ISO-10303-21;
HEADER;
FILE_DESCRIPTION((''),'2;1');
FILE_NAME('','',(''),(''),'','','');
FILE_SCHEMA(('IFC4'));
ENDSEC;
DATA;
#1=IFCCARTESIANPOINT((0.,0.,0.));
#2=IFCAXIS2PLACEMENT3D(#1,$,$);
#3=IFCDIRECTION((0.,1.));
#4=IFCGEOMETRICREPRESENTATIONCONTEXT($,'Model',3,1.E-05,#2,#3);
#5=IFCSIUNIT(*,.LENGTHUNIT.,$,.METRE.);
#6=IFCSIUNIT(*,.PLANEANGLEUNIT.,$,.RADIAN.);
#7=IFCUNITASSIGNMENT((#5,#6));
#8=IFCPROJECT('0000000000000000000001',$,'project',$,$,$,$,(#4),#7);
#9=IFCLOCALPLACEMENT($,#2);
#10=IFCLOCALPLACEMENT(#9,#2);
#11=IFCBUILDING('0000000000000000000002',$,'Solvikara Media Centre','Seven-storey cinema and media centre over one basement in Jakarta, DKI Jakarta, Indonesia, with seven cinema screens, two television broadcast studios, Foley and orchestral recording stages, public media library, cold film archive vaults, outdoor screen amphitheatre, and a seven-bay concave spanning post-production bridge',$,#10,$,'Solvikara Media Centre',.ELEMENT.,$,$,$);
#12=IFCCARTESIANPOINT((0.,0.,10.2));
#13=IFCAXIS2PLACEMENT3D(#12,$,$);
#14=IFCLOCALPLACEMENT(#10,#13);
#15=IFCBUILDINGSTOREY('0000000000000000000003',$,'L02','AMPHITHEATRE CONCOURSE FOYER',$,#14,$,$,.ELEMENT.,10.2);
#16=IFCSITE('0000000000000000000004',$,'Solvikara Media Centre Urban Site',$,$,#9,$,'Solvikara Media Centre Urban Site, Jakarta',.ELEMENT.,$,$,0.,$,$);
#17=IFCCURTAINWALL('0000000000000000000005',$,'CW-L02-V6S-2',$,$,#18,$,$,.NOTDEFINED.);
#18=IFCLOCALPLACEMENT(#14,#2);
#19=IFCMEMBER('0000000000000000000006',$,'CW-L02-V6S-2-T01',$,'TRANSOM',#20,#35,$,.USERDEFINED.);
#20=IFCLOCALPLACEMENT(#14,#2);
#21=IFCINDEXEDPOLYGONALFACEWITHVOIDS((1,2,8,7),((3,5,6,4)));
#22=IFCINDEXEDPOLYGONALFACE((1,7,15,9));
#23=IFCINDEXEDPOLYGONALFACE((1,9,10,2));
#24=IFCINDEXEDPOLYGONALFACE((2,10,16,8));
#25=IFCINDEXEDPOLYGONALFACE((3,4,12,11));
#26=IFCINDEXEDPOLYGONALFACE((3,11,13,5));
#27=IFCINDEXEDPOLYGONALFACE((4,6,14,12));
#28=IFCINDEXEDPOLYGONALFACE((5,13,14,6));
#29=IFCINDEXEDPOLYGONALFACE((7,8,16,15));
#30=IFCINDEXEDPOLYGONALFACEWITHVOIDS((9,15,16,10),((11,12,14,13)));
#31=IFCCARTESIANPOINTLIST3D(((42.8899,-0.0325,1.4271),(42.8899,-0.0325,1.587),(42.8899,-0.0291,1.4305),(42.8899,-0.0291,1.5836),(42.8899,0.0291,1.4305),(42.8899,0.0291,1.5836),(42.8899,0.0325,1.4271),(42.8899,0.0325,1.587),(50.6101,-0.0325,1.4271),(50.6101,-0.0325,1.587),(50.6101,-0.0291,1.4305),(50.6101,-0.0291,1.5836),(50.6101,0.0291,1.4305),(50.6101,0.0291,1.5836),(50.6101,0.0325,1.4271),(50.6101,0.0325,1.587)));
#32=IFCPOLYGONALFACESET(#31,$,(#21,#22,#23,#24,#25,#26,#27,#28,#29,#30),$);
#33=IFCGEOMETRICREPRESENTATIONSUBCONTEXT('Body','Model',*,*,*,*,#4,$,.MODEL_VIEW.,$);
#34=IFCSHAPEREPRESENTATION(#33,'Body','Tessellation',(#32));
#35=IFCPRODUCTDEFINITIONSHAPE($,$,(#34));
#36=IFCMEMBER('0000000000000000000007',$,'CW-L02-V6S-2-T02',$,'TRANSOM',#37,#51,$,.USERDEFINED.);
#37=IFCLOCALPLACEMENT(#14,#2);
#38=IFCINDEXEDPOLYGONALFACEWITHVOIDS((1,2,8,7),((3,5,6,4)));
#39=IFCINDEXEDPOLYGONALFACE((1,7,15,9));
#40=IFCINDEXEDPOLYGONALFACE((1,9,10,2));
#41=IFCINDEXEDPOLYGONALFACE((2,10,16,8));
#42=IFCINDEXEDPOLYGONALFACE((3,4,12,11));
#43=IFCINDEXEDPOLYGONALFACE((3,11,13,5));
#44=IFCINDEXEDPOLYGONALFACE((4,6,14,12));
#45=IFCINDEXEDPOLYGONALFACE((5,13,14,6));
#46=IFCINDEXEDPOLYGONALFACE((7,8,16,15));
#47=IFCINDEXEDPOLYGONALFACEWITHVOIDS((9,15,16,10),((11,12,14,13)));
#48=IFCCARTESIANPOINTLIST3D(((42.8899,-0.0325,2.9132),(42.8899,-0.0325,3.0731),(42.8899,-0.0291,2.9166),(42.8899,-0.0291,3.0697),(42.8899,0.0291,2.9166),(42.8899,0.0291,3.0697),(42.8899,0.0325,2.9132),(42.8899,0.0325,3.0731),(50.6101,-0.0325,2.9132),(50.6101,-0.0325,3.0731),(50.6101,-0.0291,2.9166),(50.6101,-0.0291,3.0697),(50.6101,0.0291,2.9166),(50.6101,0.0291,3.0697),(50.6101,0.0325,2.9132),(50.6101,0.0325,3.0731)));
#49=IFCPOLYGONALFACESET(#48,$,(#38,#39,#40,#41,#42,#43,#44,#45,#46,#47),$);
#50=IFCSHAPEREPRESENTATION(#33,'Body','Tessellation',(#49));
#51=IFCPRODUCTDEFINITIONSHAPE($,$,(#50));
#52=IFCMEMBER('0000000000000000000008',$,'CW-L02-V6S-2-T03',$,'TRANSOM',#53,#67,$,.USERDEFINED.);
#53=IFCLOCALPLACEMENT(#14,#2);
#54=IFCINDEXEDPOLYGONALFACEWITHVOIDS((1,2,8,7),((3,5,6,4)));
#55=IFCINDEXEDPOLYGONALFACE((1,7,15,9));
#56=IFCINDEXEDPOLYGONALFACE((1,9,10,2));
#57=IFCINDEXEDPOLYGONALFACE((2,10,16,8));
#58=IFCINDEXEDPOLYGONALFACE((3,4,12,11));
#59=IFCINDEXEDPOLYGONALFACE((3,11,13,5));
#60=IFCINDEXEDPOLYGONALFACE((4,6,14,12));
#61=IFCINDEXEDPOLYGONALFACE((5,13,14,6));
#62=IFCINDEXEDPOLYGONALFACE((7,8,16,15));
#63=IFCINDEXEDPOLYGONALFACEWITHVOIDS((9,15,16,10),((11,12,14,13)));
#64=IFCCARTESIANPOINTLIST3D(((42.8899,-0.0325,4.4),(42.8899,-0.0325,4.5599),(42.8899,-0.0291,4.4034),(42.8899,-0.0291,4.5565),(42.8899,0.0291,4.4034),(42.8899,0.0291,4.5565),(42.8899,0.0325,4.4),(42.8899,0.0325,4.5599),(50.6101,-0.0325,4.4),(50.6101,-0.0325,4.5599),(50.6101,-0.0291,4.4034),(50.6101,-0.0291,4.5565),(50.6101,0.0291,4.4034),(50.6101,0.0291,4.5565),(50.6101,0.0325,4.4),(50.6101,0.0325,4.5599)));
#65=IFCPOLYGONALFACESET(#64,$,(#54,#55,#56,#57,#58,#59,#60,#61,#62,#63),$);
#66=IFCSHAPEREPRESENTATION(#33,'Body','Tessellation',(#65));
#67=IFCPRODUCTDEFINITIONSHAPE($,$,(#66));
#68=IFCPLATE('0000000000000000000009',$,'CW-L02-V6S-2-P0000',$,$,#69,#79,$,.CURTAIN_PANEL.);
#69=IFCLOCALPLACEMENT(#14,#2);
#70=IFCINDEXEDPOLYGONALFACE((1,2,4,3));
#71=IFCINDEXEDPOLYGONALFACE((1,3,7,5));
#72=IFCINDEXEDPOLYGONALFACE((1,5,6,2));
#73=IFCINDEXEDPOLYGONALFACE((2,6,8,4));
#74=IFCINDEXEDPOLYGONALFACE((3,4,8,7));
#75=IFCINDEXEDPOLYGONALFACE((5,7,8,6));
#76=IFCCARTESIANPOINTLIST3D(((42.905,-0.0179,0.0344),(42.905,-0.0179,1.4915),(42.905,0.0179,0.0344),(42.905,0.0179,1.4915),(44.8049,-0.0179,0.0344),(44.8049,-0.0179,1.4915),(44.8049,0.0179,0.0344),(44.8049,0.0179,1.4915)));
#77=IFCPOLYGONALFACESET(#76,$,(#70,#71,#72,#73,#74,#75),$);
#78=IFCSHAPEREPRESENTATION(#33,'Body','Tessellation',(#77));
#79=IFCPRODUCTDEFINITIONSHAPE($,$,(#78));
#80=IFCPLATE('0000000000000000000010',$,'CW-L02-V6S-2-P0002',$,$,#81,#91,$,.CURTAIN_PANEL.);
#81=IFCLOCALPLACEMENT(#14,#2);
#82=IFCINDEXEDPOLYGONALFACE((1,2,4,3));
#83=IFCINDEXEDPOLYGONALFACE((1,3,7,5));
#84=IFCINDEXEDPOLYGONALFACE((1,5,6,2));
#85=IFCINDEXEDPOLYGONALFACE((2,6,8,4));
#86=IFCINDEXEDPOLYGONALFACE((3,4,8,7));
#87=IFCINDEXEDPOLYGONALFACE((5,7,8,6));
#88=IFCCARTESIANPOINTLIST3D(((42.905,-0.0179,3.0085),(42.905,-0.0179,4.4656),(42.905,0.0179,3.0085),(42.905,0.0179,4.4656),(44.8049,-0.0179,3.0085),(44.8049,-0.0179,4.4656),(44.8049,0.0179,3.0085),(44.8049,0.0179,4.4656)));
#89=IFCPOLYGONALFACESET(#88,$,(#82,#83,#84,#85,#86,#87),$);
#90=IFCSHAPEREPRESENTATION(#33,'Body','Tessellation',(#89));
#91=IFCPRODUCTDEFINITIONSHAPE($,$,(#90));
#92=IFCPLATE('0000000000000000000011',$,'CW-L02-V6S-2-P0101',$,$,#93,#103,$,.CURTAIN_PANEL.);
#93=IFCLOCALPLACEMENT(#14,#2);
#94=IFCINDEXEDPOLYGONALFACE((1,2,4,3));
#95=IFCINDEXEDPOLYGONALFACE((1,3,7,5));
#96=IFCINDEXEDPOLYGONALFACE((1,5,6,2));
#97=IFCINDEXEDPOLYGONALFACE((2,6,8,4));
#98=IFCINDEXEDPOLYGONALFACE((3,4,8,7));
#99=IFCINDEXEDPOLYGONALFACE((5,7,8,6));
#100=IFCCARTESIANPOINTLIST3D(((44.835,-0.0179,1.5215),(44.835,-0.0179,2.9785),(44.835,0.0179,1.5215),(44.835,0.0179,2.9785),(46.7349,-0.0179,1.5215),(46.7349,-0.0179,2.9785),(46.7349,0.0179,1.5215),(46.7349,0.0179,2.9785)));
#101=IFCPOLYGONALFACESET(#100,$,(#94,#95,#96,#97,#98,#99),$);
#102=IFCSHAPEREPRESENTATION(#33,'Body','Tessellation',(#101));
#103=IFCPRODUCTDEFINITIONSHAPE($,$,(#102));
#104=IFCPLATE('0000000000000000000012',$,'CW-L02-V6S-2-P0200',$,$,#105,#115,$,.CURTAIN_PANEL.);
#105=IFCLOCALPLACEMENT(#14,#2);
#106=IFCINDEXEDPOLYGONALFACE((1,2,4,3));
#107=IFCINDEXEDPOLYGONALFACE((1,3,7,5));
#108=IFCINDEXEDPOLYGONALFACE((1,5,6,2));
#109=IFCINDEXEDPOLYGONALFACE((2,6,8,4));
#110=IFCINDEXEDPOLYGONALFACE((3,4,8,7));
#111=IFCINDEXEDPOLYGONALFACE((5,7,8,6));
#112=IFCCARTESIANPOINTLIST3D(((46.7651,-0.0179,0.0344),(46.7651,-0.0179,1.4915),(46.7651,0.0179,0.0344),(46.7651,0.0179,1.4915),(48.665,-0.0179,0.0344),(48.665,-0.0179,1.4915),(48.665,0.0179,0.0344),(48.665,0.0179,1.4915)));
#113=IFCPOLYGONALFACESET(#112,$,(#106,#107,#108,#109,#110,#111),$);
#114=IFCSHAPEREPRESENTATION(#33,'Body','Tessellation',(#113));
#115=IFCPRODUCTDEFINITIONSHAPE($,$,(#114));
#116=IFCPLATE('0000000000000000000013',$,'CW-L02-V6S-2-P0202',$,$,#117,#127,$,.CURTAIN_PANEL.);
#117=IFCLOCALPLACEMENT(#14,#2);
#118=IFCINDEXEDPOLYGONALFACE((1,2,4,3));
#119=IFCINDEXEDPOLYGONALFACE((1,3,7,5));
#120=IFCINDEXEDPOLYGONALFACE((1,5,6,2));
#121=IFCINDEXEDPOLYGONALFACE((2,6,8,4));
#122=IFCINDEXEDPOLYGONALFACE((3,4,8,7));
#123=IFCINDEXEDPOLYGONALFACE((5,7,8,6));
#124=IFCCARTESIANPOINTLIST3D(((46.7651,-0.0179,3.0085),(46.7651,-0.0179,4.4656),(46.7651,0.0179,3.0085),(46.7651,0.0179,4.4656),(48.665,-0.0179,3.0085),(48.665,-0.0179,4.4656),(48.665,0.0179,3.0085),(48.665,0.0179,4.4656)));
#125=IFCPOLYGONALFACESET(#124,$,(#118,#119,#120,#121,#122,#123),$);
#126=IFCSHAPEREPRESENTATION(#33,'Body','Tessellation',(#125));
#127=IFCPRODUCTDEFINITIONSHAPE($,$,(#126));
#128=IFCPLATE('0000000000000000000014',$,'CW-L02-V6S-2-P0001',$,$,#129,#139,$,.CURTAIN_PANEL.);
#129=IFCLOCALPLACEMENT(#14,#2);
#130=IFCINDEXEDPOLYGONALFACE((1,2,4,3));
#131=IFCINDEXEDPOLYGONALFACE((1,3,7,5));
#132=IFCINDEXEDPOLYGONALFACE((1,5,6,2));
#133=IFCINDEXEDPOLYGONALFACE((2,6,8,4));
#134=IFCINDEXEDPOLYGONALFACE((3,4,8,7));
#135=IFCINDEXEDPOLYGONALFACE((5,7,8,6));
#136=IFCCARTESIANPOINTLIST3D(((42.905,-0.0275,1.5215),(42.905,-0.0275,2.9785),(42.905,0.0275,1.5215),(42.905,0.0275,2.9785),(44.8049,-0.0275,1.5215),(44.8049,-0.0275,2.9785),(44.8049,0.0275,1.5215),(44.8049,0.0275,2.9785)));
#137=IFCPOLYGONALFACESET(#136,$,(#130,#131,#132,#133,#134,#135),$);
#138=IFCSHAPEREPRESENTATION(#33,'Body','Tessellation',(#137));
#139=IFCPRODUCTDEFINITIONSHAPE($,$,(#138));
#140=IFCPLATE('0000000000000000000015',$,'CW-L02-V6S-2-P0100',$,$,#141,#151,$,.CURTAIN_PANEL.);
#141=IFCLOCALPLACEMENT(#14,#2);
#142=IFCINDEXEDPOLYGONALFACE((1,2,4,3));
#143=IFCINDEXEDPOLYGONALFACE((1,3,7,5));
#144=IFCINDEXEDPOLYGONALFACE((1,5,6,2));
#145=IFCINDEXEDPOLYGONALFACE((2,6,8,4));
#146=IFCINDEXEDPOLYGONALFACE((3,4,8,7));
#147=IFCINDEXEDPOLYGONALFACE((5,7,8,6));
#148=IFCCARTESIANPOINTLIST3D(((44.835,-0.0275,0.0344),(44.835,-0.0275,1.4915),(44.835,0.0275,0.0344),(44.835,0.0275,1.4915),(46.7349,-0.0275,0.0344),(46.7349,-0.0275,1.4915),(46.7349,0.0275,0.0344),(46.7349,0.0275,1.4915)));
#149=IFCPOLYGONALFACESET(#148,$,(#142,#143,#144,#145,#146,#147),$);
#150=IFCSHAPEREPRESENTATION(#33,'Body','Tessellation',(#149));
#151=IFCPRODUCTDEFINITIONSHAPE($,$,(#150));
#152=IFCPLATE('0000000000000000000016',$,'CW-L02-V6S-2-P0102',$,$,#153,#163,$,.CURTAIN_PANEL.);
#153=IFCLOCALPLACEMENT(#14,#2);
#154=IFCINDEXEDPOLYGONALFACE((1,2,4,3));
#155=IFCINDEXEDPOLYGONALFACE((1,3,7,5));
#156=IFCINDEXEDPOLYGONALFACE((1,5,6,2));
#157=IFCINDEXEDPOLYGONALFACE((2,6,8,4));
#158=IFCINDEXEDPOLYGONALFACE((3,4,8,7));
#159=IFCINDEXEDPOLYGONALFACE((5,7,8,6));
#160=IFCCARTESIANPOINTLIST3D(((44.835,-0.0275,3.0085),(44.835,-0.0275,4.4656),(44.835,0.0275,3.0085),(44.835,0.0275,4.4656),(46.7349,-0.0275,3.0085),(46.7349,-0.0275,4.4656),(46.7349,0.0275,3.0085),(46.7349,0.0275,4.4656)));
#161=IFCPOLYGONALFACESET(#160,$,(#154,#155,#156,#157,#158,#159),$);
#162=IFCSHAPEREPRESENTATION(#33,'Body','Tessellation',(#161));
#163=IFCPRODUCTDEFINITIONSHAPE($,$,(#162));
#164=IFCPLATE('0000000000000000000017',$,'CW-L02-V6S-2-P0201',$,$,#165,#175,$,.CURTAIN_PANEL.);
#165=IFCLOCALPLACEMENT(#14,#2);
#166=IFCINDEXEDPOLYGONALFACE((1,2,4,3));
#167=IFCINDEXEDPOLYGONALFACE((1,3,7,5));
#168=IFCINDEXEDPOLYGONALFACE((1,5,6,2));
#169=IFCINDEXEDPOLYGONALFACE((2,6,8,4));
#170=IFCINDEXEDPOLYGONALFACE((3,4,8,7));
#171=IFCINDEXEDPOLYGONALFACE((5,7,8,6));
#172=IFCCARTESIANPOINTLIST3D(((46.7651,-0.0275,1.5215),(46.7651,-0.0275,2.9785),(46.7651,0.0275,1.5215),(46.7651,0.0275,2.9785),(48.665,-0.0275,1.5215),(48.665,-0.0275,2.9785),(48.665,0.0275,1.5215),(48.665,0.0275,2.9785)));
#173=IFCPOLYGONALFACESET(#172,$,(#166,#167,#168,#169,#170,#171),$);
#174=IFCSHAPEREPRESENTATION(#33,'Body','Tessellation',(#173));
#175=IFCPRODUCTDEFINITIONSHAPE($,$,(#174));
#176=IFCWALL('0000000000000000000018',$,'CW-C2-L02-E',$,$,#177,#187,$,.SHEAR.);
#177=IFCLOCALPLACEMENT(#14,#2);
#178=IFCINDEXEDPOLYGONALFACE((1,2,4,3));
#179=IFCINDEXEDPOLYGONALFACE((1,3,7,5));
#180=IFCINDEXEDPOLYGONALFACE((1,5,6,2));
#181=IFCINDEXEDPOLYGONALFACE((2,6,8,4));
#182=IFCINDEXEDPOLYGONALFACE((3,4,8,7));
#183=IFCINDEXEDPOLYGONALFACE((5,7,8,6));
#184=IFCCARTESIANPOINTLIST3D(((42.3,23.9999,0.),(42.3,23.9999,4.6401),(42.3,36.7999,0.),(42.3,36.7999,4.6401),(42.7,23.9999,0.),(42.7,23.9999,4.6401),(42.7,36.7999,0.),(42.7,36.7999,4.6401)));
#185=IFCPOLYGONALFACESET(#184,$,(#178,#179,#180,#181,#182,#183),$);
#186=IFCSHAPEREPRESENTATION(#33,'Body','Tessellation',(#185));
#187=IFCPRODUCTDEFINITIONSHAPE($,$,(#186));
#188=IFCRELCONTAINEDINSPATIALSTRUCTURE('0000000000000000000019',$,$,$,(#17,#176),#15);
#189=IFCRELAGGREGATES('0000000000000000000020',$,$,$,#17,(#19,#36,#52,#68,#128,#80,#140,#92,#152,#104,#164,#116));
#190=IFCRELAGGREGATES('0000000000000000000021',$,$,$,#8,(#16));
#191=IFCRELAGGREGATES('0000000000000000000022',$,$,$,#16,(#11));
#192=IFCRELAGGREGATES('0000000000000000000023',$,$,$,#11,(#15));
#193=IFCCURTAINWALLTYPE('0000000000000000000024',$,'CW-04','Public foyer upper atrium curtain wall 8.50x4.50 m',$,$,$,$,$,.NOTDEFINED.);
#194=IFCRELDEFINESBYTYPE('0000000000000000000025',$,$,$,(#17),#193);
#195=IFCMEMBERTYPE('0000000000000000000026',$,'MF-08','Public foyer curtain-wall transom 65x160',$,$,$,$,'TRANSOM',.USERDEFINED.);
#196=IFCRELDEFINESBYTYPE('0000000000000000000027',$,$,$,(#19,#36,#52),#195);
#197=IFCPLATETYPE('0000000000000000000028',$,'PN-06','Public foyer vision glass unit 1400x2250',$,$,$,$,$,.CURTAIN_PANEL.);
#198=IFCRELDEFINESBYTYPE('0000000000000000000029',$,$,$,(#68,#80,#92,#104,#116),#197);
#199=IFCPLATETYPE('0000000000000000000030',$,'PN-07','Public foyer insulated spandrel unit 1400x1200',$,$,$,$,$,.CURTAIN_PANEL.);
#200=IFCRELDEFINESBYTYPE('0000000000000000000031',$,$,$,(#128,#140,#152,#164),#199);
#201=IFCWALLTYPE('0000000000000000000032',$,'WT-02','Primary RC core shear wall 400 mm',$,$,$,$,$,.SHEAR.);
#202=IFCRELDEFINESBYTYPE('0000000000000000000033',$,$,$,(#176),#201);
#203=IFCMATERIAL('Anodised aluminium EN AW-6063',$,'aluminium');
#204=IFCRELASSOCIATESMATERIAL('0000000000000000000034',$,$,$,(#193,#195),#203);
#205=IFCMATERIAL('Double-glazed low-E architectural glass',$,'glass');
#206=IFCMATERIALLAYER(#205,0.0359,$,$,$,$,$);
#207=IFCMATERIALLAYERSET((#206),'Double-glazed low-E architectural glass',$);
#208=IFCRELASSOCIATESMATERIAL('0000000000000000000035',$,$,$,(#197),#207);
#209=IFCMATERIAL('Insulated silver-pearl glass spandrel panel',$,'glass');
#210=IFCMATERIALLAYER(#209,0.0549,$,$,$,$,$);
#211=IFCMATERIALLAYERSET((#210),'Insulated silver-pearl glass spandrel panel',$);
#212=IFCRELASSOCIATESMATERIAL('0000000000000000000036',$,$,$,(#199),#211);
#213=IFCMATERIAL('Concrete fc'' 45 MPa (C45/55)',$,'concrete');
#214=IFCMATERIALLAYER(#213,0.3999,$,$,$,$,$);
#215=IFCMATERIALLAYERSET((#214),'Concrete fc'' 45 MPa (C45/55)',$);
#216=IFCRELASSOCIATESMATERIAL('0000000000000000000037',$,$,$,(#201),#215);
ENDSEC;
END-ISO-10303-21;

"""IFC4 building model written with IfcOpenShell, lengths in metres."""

from ifc_helpers import new_model, si_unit, direction, frame, frame_2d, origin, origin_2d, place, context, subcontext, project, spatial, rectangle, hollow_rectangle, extrude, material, layer, layer_set, material_profile, profile_set, type_object, element, aggregate, save


model = new_model("IFC4")

# Units and contexts
model_context = context("Model", 3, precision=1e-05, world=origin(), true_north=direction((0.0, 1.0)))
body_context = subcontext(model_context, "Body", "Model", "MODEL_VIEW")
ifc_project = project(units=[si_unit("LENGTHUNIT", "METRE"), si_unit("PLANEANGLEUNIT", "RADIAN")], contexts=[model_context])

# Site, building, storey
site_placement = place(None, origin())
site = spatial("IfcSite", under=ifc_project, at=site_placement, Name="Solvikara Media Centre Urban Site", LongName="Solvikara Media Centre Urban Site, Jakarta", CompositionType="ELEMENT", RefElevation=0.0)
building_placement = place(site_placement, origin())
building = spatial("IfcBuilding", under=site, at=building_placement, Name="Solvikara Media Centre", Description="Seven-storey cinema and media centre over one basement in Jakarta, DKI Jakarta, Indonesia, with seven cinema screens, two television broadcast studios, Foley and orchestral recording stages, public media library, cold film archive vaults, outdoor screen amphitheatre, and a seven-bay concave spanning post-production bridge", LongName="Solvikara Media Centre", CompositionType="ELEMENT")
storey_placement = place(building_placement, frame((0.0, 0.0, 10.2)))
storey = spatial("IfcBuildingStorey", under=building, at=storey_placement, Name="L02", Description="AMPHITHEATRE CONCOURSE FOYER", CompositionType="ELEMENT", Elevation=10.2)

# Shared definitions
ifc_material_1 = material(Name="Concrete fc' 45 MPa (C45/55)", Category="concrete")

# Curtain wall, members, plates
ifc_material_2 = material(Name="Anodised aluminium EN AW-6063", Category="aluminium")
curtain_wall_type = type_object("IfcCurtainWallType", Name="CW-04", Description="Public foyer upper atrium curtain wall 8.50x4.50 m", PredefinedType="NOTDEFINED", material=ifc_material_2)
curtain_wall_placement = place(storey_placement, origin())
curtain_wall = element("IfcCurtainWall", 1, at=curtain_wall_placement, inside=storey, type_object=curtain_wall_type, Name="CW-L02-V6S-2", PredefinedType="NOTDEFINED")
ifc_material_profile_1 = material_profile(ifc_material_2, hollow_rectangle(XDim=0.0649, YDim=0.1599, WallThickness=0.0034, at=origin_2d()), Name="ALU-T 65x160x3.5")
ifc_profile_set_1 = profile_set([ifc_material_profile_1], Name="Anodised aluminium EN AW-6063")
member_type_1 = type_object("IfcMemberType", Name="MF-08", Description="Public foyer curtain-wall transom 65x160", ElementType="TRANSOM", PredefinedType="USERDEFINED", material=ifc_profile_set_1)
member_1_placement = place(storey_placement, frame((42.8899, 0.0, 1.5071), z_axis=(1.0, 0.0, 0.0), x_axis=(0.0, 1.0, 0.0)))
member_1 = element("IfcMember", 2, at=member_1_placement, type_object=member_type_1, Name="CW-L02-V6S-2-T01", ObjectType="TRANSOM", PredefinedType="USERDEFINED", context=body_context, shape_type="SweptSolid", body=[
    extrude(hollow_rectangle(XDim=0.0649, YDim=0.1599, WallThickness=0.0034, at=origin_2d()), origin(), (0.0, 0.0, 1.0), 7.7202),
])
member_2_placement = place(storey_placement, frame((42.8899, 0.0, 2.9932), z_axis=(1.0, 0.0, 0.0), x_axis=(0.0, 1.0, 0.0)))
member_2 = element("IfcMember", 3, at=member_2_placement, type_object=member_type_1, Name="CW-L02-V6S-2-T02", ObjectType="TRANSOM", PredefinedType="USERDEFINED", context=body_context, shape_type="SweptSolid", body=[
    extrude(hollow_rectangle(XDim=0.0649, YDim=0.1599, WallThickness=0.0034, at=origin_2d()), origin(), (0.0, 0.0, 1.0), 7.7202),
])
member_3_placement = place(storey_placement, frame((42.8899, 0.0, 4.48), z_axis=(1.0, 0.0, 0.0), x_axis=(0.0, 1.0, 0.0)))
member_3 = element("IfcMember", 4, at=member_3_placement, type_object=member_type_1, Name="CW-L02-V6S-2-T03", ObjectType="TRANSOM", PredefinedType="USERDEFINED", context=body_context, shape_type="SweptSolid", body=[
    extrude(hollow_rectangle(XDim=0.0649, YDim=0.1599, WallThickness=0.0034, at=origin_2d()), origin(), (0.0, 0.0, 1.0), 7.7202),
])
ifc_material_3 = material(Name="Double-glazed low-E architectural glass", Category="glass")
ifc_layer_1 = layer(ifc_material_3, 0.0359)
ifc_layer_set_1 = layer_set([ifc_layer_1], Name="Double-glazed low-E architectural glass")
plate_type_1 = type_object("IfcPlateType", Name="PN-06", Description="Public foyer vision glass unit 1400x2250", PredefinedType="CURTAIN_PANEL", material=ifc_layer_set_1)
plate_1_placement = place(storey_placement, frame((43.855, 0.0, 0.0344), z_axis=(0.0, 0.0, 1.0), x_axis=(1.0, 0.0, 0.0)))
plate_1 = element("IfcPlate", 5, at=plate_1_placement, type_object=plate_type_1, Name="CW-L02-V6S-2-P0000", PredefinedType="CURTAIN_PANEL", context=body_context, shape_type="SweptSolid", body=[
    extrude(rectangle(XDim=1.8999, YDim=0.0359, at=origin_2d()), origin(), (0.0, 0.0, 1.0), 1.457),
])
plate_2_placement = place(storey_placement, frame((43.855, 0.0, 3.0085), z_axis=(0.0, 0.0, 1.0), x_axis=(1.0, 0.0, 0.0)))
plate_2 = element("IfcPlate", 6, at=plate_2_placement, type_object=plate_type_1, Name="CW-L02-V6S-2-P0002", PredefinedType="CURTAIN_PANEL", context=body_context, shape_type="SweptSolid", body=[
    extrude(rectangle(XDim=1.8999, YDim=0.0359, at=origin_2d()), origin(), (0.0, 0.0, 1.0), 1.457),
])
plate_3_placement = place(storey_placement, frame((45.7849, 0.0, 1.5215), z_axis=(0.0, 0.0, 1.0), x_axis=(1.0, 0.0, 0.0)))
plate_3 = element("IfcPlate", 7, at=plate_3_placement, type_object=plate_type_1, Name="CW-L02-V6S-2-P0101", PredefinedType="CURTAIN_PANEL", context=body_context, shape_type="SweptSolid", body=[
    extrude(rectangle(XDim=1.8999, YDim=0.0359, at=origin_2d()), origin(), (0.0, 0.0, 1.0), 1.457),
])
plate_4_placement = place(storey_placement, frame((47.7151, 0.0, 0.0344), z_axis=(0.0, 0.0, 1.0), x_axis=(1.0, 0.0, 0.0)))
plate_4 = element("IfcPlate", 8, at=plate_4_placement, type_object=plate_type_1, Name="CW-L02-V6S-2-P0200", PredefinedType="CURTAIN_PANEL", context=body_context, shape_type="SweptSolid", body=[
    extrude(rectangle(XDim=1.8999, YDim=0.0359, at=origin_2d()), origin(), (0.0, 0.0, 1.0), 1.457),
])
plate_5_placement = place(storey_placement, frame((47.7151, 0.0, 3.0085), z_axis=(0.0, 0.0, 1.0), x_axis=(1.0, 0.0, 0.0)))
plate_5 = element("IfcPlate", 9, at=plate_5_placement, type_object=plate_type_1, Name="CW-L02-V6S-2-P0202", PredefinedType="CURTAIN_PANEL", context=body_context, shape_type="SweptSolid", body=[
    extrude(rectangle(XDim=1.8999, YDim=0.0359, at=origin_2d()), origin(), (0.0, 0.0, 1.0), 1.457),
])
ifc_material_4 = material(Name="Insulated silver-pearl glass spandrel panel", Category="glass")
ifc_layer_2 = layer(ifc_material_4, 0.0549)
ifc_layer_set_2 = layer_set([ifc_layer_2], Name="Insulated silver-pearl glass spandrel panel")
plate_type_2 = type_object("IfcPlateType", Name="PN-07", Description="Public foyer insulated spandrel unit 1400x1200", PredefinedType="CURTAIN_PANEL", material=ifc_layer_set_2)
plate_6_placement = place(storey_placement, frame((43.855, 0.0, 1.5215), z_axis=(0.0, 0.0, 1.0), x_axis=(1.0, 0.0, 0.0)))
plate_6 = element("IfcPlate", 10, at=plate_6_placement, type_object=plate_type_2, Name="CW-L02-V6S-2-P0001", PredefinedType="CURTAIN_PANEL", context=body_context, shape_type="SweptSolid", body=[
    extrude(rectangle(XDim=1.8999, YDim=0.0549, at=origin_2d()), origin(), (0.0, 0.0, 1.0), 1.457),
])
plate_7_placement = place(storey_placement, frame((45.7849, 0.0, 0.0344), z_axis=(0.0, 0.0, 1.0), x_axis=(1.0, 0.0, 0.0)))
plate_7 = element("IfcPlate", 11, at=plate_7_placement, type_object=plate_type_2, Name="CW-L02-V6S-2-P0100", PredefinedType="CURTAIN_PANEL", context=body_context, shape_type="SweptSolid", body=[
    extrude(rectangle(XDim=1.8999, YDim=0.0549, at=origin_2d()), origin(), (0.0, 0.0, 1.0), 1.457),
])
plate_8_placement = place(storey_placement, frame((45.7849, 0.0, 3.0085), z_axis=(0.0, 0.0, 1.0), x_axis=(1.0, 0.0, 0.0)))
plate_8 = element("IfcPlate", 12, at=plate_8_placement, type_object=plate_type_2, Name="CW-L02-V6S-2-P0102", PredefinedType="CURTAIN_PANEL", context=body_context, shape_type="SweptSolid", body=[
    extrude(rectangle(XDim=1.8999, YDim=0.0549, at=origin_2d()), origin(), (0.0, 0.0, 1.0), 1.457),
])
plate_9_placement = place(storey_placement, frame((47.7151, 0.0, 1.5215), z_axis=(0.0, 0.0, 1.0), x_axis=(1.0, 0.0, 0.0)))
plate_9 = element("IfcPlate", 13, at=plate_9_placement, type_object=plate_type_2, Name="CW-L02-V6S-2-P0201", PredefinedType="CURTAIN_PANEL", context=body_context, shape_type="SweptSolid", body=[
    extrude(rectangle(XDim=1.8999, YDim=0.0549, at=origin_2d()), origin(), (0.0, 0.0, 1.0), 1.457),
])
aggregate(curtain_wall, [member_1, member_2, member_3, plate_1, plate_6, plate_2, plate_7, plate_3, plate_8, plate_4, plate_9, plate_5])

# Wall
ifc_layer_3 = layer(ifc_material_1, 0.3999)
ifc_layer_set_3 = layer_set([ifc_layer_3], Name="Concrete fc' 45 MPa (C45/55)")
wall_type_1 = type_object("IfcWallType", Name="WT-02", Description="Primary RC core shear wall 400 mm", PredefinedType="SHEAR", material=ifc_layer_set_3)
wall_1_placement = place(storey_placement, frame((42.5, 24.0, 0.0), z_axis=(0.0, 0.0, 1.0), x_axis=(0.0, 1.0, 0.0)))
element("IfcWall", 14, at=wall_1_placement, inside=storey, type_object=wall_type_1, Name="CW-C2-L02-E", PredefinedType="SHEAR", context=body_context, shape_type="SweptSolid", body=[
    extrude(rectangle(XDim=12.8, YDim=0.3999, at=frame_2d((6.3999, 0.0))), origin(), (0.0, 0.0, 1.0), 4.6401),
])

save(model, "model.ifc")
